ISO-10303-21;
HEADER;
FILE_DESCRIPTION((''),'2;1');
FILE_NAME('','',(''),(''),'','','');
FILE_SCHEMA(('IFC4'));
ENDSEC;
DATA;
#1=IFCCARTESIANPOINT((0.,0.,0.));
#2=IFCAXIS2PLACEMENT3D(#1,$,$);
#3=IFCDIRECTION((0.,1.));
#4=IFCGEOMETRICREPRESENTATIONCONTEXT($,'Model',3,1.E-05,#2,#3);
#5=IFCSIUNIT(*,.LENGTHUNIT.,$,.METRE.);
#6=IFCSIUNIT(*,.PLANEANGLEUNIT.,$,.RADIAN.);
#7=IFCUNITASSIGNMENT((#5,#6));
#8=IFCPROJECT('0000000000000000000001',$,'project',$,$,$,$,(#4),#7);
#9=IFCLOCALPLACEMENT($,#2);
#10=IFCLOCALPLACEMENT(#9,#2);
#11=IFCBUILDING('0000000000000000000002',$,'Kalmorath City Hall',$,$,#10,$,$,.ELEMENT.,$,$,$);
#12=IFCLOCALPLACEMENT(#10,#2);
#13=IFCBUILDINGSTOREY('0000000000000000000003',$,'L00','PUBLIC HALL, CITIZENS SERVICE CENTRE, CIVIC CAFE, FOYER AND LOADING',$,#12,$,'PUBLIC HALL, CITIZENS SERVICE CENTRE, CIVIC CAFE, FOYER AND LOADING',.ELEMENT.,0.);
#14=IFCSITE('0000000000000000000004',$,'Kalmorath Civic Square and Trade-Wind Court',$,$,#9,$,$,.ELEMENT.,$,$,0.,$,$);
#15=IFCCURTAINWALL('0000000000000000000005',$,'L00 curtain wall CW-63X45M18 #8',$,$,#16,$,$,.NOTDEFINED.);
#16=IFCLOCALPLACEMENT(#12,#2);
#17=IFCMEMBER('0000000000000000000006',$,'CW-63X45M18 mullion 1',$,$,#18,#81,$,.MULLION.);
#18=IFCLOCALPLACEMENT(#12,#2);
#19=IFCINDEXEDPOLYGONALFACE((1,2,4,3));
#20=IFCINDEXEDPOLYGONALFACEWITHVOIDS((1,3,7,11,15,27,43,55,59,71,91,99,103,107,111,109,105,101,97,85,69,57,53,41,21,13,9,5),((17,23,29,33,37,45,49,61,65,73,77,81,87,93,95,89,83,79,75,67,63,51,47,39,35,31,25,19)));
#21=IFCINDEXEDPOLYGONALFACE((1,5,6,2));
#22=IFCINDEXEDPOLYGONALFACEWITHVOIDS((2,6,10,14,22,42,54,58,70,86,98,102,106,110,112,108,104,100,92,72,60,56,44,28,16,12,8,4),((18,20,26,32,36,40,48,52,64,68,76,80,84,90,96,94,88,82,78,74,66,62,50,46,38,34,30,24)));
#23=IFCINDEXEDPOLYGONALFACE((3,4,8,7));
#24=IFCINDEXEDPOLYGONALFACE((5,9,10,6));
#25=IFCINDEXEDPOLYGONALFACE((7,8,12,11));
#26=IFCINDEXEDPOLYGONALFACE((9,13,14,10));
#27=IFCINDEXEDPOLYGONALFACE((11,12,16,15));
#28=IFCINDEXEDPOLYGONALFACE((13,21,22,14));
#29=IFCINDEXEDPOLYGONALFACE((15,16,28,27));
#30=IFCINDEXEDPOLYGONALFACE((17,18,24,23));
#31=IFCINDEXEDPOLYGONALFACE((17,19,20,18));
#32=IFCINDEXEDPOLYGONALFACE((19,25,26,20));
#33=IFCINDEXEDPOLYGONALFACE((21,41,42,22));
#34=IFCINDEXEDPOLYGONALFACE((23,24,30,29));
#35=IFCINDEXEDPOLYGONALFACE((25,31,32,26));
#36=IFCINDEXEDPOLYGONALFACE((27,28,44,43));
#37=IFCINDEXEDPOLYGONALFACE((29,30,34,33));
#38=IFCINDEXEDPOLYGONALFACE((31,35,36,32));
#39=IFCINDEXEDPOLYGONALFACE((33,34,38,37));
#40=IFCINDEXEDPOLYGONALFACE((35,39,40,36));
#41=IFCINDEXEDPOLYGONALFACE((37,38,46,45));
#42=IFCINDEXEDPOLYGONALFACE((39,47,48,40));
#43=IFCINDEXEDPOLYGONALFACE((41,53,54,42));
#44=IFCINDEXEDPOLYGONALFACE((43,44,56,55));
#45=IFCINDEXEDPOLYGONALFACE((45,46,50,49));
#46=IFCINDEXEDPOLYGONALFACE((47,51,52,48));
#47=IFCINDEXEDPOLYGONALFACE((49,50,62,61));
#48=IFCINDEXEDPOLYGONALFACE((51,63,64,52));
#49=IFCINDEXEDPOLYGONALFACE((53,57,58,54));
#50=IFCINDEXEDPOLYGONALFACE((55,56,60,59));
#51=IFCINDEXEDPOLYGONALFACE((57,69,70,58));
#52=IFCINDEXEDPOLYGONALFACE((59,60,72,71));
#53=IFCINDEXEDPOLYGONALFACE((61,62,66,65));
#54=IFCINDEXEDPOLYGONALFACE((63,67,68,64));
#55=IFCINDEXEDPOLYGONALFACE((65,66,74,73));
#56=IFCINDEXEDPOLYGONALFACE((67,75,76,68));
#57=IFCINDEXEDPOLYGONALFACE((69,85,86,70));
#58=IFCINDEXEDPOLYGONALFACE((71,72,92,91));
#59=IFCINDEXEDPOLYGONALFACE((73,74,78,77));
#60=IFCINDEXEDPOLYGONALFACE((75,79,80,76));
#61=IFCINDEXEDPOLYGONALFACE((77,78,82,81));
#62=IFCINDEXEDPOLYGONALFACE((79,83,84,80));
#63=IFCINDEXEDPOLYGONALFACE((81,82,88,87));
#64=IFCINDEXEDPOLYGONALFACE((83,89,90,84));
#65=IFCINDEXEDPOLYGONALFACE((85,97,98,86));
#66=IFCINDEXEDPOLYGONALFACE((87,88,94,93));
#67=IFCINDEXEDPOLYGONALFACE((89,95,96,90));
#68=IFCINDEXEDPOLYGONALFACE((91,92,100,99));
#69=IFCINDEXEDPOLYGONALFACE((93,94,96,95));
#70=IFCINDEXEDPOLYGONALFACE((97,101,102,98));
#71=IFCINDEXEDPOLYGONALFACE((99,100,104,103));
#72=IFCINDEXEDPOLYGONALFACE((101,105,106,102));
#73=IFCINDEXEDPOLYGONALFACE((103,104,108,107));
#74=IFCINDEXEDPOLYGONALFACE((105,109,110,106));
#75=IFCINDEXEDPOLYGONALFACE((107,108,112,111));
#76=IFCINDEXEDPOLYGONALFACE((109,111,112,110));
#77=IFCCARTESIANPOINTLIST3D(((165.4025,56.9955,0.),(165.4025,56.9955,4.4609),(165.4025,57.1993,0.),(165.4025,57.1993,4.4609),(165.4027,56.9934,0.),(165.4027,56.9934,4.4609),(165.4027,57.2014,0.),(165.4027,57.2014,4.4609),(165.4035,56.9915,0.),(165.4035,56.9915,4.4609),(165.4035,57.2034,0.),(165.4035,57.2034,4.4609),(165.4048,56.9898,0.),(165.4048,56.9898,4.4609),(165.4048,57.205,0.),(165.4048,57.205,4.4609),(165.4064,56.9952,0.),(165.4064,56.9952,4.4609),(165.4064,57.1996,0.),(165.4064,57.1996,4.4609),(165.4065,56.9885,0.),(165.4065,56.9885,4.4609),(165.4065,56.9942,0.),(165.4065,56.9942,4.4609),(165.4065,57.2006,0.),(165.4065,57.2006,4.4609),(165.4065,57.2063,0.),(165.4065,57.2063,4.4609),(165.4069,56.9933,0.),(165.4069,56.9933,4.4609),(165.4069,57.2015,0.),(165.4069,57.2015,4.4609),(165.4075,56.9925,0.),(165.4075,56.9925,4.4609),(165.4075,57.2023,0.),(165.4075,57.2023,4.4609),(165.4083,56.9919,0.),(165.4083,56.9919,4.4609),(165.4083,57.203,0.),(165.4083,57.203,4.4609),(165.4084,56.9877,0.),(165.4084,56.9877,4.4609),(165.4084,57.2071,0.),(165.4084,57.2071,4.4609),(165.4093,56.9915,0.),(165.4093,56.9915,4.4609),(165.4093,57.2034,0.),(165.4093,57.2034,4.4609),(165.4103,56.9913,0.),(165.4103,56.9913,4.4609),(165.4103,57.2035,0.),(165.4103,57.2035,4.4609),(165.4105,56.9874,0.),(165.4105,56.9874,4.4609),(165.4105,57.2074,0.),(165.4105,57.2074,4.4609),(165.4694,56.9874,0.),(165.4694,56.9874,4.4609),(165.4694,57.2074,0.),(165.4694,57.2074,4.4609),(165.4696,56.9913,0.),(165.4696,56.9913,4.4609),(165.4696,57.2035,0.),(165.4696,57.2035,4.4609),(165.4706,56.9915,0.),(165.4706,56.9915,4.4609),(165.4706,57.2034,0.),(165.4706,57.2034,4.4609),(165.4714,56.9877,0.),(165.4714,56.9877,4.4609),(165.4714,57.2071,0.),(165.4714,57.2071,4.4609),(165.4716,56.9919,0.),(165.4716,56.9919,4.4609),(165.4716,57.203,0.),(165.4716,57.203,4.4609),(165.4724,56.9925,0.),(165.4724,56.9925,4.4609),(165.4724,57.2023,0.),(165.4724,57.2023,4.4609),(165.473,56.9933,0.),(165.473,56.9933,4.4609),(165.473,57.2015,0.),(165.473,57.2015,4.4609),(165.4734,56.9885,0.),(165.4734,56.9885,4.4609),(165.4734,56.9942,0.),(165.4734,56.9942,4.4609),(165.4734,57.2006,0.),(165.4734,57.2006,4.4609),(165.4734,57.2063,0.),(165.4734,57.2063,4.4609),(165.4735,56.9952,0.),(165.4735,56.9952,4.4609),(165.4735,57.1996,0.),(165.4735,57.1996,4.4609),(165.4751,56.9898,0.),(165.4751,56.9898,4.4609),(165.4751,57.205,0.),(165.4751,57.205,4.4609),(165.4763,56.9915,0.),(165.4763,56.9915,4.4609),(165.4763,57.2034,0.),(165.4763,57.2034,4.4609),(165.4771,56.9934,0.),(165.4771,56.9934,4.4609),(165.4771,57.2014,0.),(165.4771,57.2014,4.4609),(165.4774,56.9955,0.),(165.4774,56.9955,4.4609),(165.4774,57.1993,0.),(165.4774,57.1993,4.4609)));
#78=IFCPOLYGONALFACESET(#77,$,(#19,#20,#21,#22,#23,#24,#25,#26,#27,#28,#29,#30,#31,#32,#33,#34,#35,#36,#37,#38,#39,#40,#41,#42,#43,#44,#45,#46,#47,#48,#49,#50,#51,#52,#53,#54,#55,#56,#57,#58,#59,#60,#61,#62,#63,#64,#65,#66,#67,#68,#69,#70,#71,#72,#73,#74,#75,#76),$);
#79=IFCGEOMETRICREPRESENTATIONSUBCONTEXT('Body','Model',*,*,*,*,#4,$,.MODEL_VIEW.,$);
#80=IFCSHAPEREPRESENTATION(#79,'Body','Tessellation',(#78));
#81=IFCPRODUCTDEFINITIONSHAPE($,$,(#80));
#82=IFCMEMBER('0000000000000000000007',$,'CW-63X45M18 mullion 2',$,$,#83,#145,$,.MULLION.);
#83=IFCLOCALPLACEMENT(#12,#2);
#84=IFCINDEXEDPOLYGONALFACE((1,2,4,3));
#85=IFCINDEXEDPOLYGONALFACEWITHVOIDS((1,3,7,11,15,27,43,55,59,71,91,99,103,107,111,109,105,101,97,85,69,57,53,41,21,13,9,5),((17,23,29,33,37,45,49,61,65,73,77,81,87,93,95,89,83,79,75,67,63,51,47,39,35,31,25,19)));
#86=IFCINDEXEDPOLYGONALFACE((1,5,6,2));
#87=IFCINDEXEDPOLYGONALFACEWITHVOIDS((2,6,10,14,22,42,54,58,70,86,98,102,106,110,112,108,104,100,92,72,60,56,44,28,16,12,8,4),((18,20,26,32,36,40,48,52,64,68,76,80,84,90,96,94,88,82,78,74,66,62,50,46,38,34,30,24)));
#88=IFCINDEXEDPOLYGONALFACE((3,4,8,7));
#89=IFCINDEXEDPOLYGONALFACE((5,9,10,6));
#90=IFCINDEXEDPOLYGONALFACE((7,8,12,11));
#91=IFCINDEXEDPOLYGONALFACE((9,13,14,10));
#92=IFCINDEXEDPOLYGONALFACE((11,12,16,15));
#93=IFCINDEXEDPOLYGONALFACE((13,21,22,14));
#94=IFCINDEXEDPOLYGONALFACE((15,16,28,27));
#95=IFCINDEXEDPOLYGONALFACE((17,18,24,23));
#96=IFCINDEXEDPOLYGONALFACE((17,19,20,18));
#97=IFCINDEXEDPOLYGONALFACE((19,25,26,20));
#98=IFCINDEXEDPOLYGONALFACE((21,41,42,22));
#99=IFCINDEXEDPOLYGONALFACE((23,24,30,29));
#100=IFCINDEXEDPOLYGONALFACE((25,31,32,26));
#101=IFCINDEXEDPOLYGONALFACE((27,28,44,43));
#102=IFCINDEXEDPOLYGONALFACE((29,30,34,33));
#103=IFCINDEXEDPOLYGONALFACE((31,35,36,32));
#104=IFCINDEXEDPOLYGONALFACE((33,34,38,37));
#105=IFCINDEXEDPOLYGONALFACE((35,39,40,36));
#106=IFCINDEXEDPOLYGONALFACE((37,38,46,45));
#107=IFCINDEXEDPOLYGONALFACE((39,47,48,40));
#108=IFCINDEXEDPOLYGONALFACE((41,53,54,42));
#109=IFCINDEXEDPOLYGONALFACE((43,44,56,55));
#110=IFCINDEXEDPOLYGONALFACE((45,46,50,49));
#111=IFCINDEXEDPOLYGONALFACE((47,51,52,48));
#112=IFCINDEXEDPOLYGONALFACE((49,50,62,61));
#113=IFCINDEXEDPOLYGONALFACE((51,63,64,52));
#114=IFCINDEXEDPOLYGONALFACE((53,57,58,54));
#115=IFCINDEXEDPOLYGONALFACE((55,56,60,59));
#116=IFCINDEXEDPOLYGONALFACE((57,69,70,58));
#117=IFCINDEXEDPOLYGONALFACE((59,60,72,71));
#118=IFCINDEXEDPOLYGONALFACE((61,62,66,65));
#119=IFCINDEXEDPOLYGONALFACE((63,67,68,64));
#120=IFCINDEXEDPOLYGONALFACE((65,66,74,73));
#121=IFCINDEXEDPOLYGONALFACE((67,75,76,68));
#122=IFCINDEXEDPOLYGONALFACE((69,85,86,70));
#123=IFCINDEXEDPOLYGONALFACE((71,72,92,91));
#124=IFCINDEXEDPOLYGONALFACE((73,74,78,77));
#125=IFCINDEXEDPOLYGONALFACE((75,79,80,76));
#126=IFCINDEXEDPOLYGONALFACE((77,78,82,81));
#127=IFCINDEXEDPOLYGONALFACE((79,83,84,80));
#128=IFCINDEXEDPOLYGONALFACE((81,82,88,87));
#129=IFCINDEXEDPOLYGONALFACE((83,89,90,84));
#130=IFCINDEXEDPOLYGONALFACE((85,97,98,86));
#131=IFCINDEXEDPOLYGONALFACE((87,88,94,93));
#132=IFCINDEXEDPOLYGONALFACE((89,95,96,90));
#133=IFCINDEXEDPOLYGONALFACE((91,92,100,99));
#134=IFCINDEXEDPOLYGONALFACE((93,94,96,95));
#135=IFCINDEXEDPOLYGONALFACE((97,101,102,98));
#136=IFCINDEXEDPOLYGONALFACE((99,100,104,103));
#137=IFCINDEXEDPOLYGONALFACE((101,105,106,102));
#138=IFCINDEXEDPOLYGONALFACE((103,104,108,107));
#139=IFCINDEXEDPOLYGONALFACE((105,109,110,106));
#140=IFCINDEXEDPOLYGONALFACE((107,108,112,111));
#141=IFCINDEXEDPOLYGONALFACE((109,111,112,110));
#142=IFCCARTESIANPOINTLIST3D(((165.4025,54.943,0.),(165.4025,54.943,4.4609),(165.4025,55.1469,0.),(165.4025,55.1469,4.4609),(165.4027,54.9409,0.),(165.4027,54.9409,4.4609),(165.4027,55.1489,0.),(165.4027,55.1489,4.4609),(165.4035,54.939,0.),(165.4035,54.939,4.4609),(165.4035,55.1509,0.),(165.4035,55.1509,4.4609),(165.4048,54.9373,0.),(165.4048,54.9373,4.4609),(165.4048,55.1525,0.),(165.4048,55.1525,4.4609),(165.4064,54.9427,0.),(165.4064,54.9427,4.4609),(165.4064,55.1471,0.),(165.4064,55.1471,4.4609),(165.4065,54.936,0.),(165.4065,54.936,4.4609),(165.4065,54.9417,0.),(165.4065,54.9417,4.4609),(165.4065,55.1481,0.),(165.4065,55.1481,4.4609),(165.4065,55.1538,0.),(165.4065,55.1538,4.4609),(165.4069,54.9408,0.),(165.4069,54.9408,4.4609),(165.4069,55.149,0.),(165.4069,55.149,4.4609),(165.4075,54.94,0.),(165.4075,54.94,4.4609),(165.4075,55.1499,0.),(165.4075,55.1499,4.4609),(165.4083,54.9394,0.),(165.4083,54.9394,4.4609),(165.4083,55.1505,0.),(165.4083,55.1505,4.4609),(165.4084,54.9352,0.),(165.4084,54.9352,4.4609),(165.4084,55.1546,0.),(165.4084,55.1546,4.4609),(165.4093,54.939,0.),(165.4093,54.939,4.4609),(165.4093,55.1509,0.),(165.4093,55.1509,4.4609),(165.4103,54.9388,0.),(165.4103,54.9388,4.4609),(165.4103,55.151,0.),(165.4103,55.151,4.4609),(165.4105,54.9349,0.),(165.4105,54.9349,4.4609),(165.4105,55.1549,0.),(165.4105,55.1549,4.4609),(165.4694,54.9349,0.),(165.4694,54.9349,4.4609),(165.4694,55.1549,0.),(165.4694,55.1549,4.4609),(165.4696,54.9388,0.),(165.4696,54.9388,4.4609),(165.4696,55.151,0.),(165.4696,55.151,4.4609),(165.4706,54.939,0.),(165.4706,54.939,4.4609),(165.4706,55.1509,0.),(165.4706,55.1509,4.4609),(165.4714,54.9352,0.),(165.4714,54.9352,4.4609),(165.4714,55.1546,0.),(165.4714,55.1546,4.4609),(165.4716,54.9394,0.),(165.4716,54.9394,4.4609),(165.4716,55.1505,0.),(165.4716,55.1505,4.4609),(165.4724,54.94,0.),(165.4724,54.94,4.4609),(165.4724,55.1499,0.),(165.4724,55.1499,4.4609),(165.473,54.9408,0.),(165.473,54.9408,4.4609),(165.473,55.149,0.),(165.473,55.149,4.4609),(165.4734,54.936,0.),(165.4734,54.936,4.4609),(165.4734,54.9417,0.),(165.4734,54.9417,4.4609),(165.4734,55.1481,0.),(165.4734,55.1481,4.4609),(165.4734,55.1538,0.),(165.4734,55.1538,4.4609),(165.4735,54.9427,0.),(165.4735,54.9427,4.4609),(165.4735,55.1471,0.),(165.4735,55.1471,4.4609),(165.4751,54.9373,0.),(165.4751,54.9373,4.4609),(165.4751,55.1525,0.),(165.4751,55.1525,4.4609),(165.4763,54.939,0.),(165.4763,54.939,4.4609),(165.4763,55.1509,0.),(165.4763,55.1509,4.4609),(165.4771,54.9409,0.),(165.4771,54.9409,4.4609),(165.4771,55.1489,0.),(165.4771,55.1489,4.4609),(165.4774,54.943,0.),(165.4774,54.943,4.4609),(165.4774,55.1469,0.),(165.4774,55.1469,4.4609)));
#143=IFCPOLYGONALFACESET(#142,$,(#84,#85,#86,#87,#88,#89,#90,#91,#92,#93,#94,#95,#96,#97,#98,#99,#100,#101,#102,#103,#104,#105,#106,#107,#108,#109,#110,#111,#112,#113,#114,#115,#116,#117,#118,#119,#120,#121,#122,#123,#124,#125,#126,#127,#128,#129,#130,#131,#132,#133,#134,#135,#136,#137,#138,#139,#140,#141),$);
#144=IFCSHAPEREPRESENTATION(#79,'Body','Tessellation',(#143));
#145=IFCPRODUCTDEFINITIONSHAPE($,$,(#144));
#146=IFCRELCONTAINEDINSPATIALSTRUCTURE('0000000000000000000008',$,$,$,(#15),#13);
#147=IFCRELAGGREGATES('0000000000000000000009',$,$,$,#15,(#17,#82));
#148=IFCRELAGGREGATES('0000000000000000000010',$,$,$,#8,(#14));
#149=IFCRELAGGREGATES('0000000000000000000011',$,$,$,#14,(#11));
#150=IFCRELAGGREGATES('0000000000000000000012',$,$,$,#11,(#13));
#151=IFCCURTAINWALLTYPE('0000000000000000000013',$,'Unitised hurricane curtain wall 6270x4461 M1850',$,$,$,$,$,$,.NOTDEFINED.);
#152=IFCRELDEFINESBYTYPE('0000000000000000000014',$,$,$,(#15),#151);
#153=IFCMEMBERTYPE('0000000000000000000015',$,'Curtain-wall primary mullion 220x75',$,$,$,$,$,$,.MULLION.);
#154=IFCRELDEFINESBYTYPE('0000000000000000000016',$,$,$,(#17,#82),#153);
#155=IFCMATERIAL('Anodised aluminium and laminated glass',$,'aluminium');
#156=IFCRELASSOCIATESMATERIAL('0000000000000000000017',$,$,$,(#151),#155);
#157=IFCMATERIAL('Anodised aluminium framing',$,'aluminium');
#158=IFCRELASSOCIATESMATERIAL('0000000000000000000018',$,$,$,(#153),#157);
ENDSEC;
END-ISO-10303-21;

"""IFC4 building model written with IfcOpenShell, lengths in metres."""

from ifc_helpers import new_model, si_unit, direction, frame, origin, origin_2d, place, context, subcontext, project, spatial, hollow_rectangle, extrude, material, material_profile, profile_set, type_object, element, aggregate, save


model = new_model("IFC4")

# Units and contexts
model_context = context("Model", 3, precision=1e-05, world=origin(), true_north=direction((0.0, 1.0)))
body_context = subcontext(model_context, "Body", "Model", "MODEL_VIEW")
ifc_project = project(units=[si_unit("LENGTHUNIT", "METRE"), si_unit("PLANEANGLEUNIT", "RADIAN")], contexts=[model_context])

# Site, building, storey
site_placement = place(None, origin())
site = spatial("IfcSite", under=ifc_project, at=site_placement, Name="Kalmorath Civic Square and Trade-Wind Court", CompositionType="ELEMENT", RefElevation=0.0)
building_placement = place(site_placement, origin())
building = spatial("IfcBuilding", under=site, at=building_placement, Name="Kalmorath City Hall", CompositionType="ELEMENT")
storey_placement = place(building_placement, origin())
storey = spatial("IfcBuildingStorey", under=building, at=storey_placement, Name="L00", Description="PUBLIC HALL, CITIZENS SERVICE CENTRE, CIVIC CAFE, FOYER AND LOADING", LongName="PUBLIC HALL, CITIZENS SERVICE CENTRE, CIVIC CAFE, FOYER AND LOADING", CompositionType="ELEMENT", Elevation=0.0)

# Curtain wall, members
ifc_material_1 = material(Name="Anodised aluminium and laminated glass", Category="aluminium")
curtain_wall_type = type_object("IfcCurtainWallType", Name="Unitised hurricane curtain wall 6270x4461 M1850", PredefinedType="NOTDEFINED", material=ifc_material_1)
curtain_wall_placement = place(storey_placement, origin())
curtain_wall = element("IfcCurtainWall", 1, at=curtain_wall_placement, inside=storey, type_object=curtain_wall_type, Name="L00 curtain wall CW-63X45M18 #8", PredefinedType="NOTDEFINED")
ifc_material_2 = material(Name="Anodised aluminium framing", Category="aluminium")
ifc_material_profile_1 = material_profile(ifc_material_2, hollow_rectangle(XDim=0.075, YDim=0.22, WallThickness=0.0039, InnerFilletRadius=0.0039, OuterFilletRadius=0.0081, at=origin_2d()), Name="ALU-MUL-220X75X4")
ifc_profile_set_1 = profile_set([ifc_material_profile_1], Name="Anodised aluminium framing")
member_type_1 = type_object("IfcMemberType", Name="Curtain-wall primary mullion 220x75", PredefinedType="MULLION", material=ifc_profile_set_1)
member_1_placement = place(storey_placement, frame((165.4399, 57.0974, 0.0), z_axis=(0.0, 0.0, 1.0), x_axis=(1.0, 0.0, 0.0)))
member_1 = element("IfcMember", 2, at=member_1_placement, type_object=member_type_1, Name="CW-63X45M18 mullion 1", PredefinedType="MULLION", context=body_context, shape_type="SweptSolid", body=[
    extrude(hollow_rectangle(XDim=0.075, YDim=0.22, WallThickness=0.0039, InnerFilletRadius=0.0039, OuterFilletRadius=0.0081, at=origin_2d()), origin(), (0.0, 0.0, 1.0), 4.4609),
])
member_2_placement = place(storey_placement, frame((165.4399, 55.0449, 0.0), z_axis=(0.0, 0.0, 1.0), x_axis=(1.0, 0.0, 0.0)))
member_2 = element("IfcMember", 3, at=member_2_placement, type_object=member_type_1, Name="CW-63X45M18 mullion 2", PredefinedType="MULLION", context=body_context, shape_type="SweptSolid", body=[
    extrude(hollow_rectangle(XDim=0.075, YDim=0.22, WallThickness=0.0039, InnerFilletRadius=0.0039, OuterFilletRadius=0.0081, at=origin_2d()), origin(), (0.0, 0.0, 1.0), 4.4609),
])
aggregate(curtain_wall, [member_1, member_2])

save(model, "model.ifc")
